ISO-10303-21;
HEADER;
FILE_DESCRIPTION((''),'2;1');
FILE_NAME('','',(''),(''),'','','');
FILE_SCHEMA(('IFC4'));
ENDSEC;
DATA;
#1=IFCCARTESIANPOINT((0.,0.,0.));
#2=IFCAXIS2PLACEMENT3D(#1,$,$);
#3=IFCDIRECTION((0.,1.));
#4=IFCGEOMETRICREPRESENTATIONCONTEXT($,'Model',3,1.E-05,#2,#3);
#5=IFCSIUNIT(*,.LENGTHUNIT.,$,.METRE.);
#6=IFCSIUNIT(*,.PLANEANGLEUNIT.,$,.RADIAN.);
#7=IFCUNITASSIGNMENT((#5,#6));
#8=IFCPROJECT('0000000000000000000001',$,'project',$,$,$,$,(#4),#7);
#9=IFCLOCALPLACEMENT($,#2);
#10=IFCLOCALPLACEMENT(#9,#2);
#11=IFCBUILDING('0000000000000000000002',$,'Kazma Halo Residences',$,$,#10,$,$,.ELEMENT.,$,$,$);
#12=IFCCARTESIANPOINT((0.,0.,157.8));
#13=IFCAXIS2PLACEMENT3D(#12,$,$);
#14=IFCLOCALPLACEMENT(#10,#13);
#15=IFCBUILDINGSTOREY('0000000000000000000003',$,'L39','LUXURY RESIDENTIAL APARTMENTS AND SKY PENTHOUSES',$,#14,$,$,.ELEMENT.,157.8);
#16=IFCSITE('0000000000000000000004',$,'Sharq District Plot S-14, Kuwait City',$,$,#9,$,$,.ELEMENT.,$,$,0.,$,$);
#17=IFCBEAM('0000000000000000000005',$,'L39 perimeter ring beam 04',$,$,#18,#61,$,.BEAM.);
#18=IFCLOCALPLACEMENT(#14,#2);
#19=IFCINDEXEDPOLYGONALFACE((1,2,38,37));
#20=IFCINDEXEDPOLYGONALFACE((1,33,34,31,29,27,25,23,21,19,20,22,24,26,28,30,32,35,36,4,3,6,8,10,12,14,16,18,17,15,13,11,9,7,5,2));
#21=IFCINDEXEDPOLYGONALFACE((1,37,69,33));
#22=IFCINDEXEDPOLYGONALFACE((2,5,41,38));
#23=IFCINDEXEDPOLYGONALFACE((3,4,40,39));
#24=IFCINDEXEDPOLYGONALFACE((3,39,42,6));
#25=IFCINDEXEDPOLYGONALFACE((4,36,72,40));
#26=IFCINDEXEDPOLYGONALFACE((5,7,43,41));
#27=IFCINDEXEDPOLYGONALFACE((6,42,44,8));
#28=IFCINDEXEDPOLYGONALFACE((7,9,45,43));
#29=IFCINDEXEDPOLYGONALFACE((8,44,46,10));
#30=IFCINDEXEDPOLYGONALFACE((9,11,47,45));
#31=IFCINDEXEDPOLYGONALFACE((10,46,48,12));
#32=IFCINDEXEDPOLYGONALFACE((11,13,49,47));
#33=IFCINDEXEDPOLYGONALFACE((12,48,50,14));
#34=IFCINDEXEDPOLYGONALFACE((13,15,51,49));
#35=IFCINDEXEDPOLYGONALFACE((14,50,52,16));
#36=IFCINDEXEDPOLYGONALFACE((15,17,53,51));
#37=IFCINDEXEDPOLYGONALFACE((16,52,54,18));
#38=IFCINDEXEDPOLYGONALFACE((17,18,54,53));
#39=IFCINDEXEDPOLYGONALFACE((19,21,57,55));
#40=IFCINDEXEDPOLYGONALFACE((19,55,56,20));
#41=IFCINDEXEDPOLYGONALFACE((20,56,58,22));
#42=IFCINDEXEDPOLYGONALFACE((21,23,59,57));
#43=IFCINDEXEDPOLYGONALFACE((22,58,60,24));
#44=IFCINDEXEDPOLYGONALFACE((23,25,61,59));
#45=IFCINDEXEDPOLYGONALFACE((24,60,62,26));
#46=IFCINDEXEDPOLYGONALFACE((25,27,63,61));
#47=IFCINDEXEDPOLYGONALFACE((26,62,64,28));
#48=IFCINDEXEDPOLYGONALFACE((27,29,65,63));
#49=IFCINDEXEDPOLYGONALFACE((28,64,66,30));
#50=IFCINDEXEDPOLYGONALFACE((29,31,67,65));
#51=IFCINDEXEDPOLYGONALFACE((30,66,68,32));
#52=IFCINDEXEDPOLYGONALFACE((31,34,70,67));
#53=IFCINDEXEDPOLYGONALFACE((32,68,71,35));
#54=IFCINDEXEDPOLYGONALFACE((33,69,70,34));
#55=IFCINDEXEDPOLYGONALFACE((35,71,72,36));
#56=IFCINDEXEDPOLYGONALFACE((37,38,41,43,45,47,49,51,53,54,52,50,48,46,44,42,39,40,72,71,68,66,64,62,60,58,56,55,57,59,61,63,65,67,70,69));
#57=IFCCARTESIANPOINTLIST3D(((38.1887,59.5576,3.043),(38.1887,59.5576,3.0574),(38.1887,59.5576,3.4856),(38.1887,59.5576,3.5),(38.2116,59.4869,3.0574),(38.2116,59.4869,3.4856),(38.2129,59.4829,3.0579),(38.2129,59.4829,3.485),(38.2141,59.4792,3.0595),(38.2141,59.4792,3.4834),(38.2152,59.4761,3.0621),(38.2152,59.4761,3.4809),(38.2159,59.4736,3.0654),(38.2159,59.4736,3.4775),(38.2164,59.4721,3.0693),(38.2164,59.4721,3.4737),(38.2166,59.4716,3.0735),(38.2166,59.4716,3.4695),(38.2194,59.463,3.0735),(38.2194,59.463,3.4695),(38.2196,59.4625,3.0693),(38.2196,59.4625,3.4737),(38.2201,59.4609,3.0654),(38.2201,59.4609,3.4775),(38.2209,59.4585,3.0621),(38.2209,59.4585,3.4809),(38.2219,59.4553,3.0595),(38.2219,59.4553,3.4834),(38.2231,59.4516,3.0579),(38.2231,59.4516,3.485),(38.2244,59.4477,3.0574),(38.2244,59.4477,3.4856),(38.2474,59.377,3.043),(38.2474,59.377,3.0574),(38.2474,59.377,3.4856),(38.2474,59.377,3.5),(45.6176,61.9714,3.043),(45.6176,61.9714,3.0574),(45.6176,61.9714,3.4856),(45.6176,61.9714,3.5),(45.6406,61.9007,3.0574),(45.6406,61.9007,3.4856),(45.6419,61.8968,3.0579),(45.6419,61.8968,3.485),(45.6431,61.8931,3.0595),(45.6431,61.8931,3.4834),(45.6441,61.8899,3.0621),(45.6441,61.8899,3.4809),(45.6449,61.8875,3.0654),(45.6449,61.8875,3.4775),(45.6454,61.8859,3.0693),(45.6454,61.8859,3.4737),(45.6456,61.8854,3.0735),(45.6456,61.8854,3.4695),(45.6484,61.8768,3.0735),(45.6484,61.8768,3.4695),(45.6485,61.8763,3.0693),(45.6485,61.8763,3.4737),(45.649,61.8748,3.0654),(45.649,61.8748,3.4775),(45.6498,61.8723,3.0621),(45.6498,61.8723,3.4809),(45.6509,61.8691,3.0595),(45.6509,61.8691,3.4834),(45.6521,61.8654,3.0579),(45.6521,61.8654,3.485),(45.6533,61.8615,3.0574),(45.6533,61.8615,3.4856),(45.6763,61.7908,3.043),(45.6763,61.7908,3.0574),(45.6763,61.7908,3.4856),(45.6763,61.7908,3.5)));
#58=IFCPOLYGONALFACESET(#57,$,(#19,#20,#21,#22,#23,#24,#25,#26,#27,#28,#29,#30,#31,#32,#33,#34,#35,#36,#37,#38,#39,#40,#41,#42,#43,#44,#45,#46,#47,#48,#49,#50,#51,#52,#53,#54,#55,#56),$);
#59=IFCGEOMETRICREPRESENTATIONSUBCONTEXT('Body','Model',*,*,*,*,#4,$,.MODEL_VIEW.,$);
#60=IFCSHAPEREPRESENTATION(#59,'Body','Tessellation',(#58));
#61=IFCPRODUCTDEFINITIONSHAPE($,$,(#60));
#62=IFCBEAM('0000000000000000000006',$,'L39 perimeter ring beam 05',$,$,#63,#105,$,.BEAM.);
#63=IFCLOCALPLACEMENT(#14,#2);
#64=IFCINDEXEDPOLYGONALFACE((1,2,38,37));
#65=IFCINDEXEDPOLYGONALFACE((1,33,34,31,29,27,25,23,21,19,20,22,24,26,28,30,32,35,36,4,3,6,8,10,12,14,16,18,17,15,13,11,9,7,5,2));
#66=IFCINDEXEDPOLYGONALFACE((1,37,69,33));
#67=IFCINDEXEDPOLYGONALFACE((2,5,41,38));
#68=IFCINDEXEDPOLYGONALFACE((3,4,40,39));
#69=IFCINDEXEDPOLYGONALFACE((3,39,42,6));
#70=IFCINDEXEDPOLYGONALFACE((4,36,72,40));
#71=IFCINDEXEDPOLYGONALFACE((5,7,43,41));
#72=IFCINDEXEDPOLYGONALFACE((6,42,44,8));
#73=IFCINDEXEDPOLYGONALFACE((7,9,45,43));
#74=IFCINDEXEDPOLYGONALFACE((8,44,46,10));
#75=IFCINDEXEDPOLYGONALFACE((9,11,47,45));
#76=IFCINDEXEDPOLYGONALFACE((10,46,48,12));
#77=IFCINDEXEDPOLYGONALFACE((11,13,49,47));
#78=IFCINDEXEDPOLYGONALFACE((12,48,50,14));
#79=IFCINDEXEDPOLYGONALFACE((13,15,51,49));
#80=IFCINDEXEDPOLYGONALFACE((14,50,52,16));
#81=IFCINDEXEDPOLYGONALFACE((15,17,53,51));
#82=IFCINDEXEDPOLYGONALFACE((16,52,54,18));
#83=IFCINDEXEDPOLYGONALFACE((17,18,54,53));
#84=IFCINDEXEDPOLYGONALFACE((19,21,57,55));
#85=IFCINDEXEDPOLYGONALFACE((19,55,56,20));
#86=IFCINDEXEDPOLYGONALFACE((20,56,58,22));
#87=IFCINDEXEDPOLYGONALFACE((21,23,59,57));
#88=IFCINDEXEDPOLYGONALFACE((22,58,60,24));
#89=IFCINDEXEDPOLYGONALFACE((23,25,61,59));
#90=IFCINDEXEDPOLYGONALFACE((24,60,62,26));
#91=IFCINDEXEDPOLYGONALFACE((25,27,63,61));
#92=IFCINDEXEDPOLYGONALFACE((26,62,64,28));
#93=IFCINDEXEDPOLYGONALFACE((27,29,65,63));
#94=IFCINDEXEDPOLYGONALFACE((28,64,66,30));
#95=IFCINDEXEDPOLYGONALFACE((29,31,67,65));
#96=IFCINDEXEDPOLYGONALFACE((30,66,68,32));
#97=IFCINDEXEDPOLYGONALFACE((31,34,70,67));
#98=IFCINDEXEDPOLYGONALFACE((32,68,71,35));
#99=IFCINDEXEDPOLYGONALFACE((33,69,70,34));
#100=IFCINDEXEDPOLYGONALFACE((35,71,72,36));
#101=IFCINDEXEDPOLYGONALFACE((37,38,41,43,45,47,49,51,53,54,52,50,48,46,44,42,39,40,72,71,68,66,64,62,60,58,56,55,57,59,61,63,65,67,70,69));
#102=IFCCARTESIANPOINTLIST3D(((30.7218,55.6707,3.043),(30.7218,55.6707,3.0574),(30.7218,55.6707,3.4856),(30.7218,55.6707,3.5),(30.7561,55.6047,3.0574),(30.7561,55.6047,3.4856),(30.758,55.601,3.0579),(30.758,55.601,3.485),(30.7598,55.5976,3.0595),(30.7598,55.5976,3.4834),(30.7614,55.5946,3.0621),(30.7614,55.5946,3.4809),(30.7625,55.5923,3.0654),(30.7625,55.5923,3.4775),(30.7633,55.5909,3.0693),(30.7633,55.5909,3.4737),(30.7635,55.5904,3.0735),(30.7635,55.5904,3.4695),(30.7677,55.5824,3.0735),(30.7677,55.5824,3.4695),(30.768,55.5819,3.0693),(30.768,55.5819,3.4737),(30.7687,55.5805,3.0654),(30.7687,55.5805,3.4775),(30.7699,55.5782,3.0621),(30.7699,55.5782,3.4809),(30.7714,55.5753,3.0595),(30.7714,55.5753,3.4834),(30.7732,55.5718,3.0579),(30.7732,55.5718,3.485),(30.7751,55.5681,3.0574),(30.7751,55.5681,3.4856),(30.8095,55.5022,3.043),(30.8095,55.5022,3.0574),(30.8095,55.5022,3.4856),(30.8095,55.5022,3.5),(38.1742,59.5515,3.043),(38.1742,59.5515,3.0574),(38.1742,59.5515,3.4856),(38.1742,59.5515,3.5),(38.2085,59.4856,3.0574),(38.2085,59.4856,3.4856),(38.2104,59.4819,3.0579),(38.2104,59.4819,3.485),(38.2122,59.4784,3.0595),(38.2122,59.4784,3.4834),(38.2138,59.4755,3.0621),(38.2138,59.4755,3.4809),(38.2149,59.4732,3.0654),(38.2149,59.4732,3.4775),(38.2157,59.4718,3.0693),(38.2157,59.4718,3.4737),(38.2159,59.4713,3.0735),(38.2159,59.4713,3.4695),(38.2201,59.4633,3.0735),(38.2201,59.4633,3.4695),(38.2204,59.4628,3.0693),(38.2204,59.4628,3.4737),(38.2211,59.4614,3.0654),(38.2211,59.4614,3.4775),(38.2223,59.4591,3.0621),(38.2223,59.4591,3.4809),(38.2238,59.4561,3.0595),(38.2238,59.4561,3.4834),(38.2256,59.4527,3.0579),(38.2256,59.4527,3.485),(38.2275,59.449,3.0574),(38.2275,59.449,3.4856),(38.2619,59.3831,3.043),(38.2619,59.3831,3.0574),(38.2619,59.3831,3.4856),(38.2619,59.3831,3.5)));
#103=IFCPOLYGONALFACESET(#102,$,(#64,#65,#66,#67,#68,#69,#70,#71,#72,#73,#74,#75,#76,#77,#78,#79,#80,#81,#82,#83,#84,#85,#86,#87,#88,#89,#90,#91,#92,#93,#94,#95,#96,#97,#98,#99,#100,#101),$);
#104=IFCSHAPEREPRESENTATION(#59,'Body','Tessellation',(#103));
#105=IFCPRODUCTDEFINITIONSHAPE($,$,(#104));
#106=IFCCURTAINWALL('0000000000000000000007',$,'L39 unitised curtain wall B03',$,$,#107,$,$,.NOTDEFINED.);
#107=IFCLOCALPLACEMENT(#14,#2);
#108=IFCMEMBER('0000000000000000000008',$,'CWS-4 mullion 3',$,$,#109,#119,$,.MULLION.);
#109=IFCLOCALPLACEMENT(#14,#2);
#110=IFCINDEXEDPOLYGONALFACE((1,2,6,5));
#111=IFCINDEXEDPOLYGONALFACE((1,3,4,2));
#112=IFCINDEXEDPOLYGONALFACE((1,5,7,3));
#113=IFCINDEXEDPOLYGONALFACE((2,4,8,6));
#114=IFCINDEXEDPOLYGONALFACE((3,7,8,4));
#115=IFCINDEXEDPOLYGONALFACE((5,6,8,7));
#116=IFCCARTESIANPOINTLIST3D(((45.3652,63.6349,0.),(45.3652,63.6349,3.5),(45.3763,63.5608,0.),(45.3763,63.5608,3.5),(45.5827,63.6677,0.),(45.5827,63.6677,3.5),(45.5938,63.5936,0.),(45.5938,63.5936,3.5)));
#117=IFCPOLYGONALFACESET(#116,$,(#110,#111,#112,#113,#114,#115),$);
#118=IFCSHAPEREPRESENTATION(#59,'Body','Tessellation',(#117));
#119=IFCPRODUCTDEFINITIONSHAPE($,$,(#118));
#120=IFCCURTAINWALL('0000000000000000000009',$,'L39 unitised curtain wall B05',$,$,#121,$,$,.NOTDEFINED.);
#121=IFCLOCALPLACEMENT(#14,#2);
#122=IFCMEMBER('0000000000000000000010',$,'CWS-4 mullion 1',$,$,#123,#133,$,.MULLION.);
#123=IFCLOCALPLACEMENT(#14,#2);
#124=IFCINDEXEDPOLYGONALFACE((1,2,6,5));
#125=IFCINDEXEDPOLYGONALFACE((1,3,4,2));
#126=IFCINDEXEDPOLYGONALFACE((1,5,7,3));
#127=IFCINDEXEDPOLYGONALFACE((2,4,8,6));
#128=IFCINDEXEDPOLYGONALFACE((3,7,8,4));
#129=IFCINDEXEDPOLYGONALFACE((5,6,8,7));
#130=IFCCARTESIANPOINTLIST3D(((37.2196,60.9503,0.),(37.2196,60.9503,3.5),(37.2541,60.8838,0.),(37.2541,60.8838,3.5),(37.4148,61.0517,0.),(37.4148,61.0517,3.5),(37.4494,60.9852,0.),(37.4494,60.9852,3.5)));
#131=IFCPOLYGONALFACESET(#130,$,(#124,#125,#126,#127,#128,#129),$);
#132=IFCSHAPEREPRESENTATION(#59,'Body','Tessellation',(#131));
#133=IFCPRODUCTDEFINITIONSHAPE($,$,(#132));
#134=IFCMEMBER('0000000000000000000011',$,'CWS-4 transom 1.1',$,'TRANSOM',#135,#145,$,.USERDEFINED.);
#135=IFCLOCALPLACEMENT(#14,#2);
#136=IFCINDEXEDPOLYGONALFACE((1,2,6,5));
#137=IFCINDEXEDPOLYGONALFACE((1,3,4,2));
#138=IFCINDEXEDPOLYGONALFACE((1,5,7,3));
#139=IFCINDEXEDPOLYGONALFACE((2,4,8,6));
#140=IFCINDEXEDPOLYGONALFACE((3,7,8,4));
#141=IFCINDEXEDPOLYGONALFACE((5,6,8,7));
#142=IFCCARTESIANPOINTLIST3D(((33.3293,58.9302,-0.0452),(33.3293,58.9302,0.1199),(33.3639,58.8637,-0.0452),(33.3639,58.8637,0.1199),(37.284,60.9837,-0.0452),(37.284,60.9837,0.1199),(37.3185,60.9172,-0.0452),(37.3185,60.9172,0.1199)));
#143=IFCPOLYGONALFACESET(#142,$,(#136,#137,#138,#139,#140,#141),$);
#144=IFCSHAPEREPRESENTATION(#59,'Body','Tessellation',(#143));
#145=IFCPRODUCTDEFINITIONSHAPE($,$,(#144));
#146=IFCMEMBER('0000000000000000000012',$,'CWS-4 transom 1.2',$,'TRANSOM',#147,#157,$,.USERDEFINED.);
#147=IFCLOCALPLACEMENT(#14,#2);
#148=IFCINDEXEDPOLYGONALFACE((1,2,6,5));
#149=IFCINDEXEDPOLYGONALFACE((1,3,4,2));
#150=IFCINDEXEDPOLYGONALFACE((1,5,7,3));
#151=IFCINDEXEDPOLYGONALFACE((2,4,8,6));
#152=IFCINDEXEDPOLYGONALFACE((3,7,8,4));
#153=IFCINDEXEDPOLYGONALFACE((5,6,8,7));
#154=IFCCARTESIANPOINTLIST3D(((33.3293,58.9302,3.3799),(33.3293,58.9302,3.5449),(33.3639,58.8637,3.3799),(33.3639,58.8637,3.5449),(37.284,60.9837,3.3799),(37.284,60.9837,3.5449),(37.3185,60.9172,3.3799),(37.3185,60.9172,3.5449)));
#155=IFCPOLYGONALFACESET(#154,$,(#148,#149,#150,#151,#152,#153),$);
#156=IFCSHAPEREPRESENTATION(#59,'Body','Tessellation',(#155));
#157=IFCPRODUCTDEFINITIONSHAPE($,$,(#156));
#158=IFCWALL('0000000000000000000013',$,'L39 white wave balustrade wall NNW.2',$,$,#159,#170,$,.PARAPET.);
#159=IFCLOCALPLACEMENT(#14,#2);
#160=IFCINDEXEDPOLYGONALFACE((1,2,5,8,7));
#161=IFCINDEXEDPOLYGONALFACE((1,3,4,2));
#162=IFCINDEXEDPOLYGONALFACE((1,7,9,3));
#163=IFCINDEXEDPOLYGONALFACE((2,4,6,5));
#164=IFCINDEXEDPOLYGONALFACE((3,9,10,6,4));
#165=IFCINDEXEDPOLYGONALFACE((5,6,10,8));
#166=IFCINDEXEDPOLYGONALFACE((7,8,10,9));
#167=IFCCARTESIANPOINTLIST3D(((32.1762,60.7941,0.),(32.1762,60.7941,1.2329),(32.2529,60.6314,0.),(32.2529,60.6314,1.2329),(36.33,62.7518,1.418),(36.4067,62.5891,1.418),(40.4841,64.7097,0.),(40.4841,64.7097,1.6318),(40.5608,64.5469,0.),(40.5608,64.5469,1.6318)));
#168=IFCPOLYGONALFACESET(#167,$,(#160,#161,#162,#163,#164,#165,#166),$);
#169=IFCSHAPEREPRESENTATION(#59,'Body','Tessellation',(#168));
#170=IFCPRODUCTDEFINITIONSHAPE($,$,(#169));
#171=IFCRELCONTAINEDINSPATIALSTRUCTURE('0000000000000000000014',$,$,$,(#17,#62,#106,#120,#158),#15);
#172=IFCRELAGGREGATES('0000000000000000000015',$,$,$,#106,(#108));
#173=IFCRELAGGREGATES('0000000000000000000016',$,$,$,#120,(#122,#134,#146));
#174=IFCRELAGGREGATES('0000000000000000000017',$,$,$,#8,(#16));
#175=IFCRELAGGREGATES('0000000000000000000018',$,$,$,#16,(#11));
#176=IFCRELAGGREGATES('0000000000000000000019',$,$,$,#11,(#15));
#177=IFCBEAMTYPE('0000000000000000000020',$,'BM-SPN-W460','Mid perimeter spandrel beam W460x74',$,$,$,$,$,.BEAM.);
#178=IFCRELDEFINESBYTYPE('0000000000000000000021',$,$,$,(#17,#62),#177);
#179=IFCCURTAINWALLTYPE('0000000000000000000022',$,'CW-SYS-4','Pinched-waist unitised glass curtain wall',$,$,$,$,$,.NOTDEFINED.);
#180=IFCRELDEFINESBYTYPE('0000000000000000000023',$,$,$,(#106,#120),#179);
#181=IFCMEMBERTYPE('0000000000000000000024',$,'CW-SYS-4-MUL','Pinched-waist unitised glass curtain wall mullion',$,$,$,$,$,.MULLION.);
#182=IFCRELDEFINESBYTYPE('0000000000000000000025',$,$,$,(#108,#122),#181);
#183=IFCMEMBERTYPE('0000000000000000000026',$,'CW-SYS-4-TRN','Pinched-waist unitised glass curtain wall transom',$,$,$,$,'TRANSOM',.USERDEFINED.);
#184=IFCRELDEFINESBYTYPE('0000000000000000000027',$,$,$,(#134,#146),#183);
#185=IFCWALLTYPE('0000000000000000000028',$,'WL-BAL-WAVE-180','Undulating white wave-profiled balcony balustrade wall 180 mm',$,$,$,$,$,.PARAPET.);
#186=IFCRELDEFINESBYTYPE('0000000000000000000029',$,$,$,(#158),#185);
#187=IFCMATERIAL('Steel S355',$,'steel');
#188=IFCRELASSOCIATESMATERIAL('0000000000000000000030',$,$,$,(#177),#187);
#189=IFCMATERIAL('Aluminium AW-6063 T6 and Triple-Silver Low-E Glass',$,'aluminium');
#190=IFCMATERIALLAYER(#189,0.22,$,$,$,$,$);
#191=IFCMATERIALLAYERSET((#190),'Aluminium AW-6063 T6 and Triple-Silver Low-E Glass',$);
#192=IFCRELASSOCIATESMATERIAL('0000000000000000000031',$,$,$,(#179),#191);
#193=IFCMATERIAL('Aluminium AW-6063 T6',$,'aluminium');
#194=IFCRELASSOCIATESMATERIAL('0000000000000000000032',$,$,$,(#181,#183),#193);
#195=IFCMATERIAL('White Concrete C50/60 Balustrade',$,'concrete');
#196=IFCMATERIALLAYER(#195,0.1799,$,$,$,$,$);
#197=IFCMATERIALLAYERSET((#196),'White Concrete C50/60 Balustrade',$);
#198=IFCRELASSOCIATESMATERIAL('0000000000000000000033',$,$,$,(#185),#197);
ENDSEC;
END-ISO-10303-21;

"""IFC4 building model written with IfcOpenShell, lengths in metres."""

from ifc_helpers import new_model, si_unit, direction, frame, origin, origin_2d, place, context, subcontext, project, spatial, polyline, rectangle, i_section, outline, extrude, material, layer, layer_set, material_profile, profile_set, type_object, element, aggregate, save


model = new_model("IFC4")

# Units and contexts
model_context = context("Model", 3, precision=1e-05, world=origin(), true_north=direction((0.0, 1.0)))
body_context = subcontext(model_context, "Body", "Model", "MODEL_VIEW")
ifc_project = project(units=[si_unit("LENGTHUNIT", "METRE"), si_unit("PLANEANGLEUNIT", "RADIAN")], contexts=[model_context])

# Site, building, storey
site_placement = place(None, origin())
site = spatial("IfcSite", under=ifc_project, at=site_placement, Name="Sharq District Plot S-14, Kuwait City", CompositionType="ELEMENT", RefElevation=0.0)
building_placement = place(site_placement, origin())
building = spatial("IfcBuilding", under=site, at=building_placement, Name="Kazma Halo Residences", CompositionType="ELEMENT")
storey_placement = place(building_placement, frame((0.0, 0.0, 157.8)))
storey = spatial("IfcBuildingStorey", under=building, at=storey_placement, Name="L39", Description="LUXURY RESIDENTIAL APARTMENTS AND SKY PENTHOUSES", CompositionType="ELEMENT", Elevation=157.8)

# Beams
ifc_material_1 = material(Name="Steel S355", Category="steel")
ifc_material_profile_1 = material_profile(ifc_material_1, i_section(OverallWidth=0.1899, OverallDepth=0.457, WebThickness=0.009, FlangeThickness=0.0144, FilletRadius=0.0161, at=origin_2d()), Name="W460x74")
ifc_profile_set_1 = profile_set([ifc_material_profile_1], Name="Steel S355")
beam_type_1 = type_object("IfcBeamType", Name="BM-SPN-W460", Description="Mid perimeter spandrel beam W460x74", PredefinedType="BEAM", material=ifc_profile_set_1)
beam_1_placement = place(storey_placement, frame((45.647, 61.8811, 3.2715), z_axis=(-0.951056, -0.309018, 0.0), x_axis=(0.309018, -0.951056, 0.0)))
element("IfcBeam", 1, at=beam_1_placement, inside=storey, type_object=beam_type_1, Name="L39 perimeter ring beam 04", PredefinedType="BEAM", context=body_context, shape_type="SweptSolid", body=[
    extrude(i_section(OverallWidth=0.1899, OverallDepth=0.457, WebThickness=0.009, FlangeThickness=0.0144, FilletRadius=0.0161, at=origin_2d()), origin(), (0.0, 0.0, 1.0), 7.8113),
])
beam_2_placement = place(storey_placement, frame((38.218, 59.4673, 3.2715), z_axis=(-0.886943, -0.461879, 0.0), x_axis=(0.461879, -0.886943, 0.0)))
element("IfcBeam", 2, at=beam_2_placement, inside=storey, type_object=beam_type_1, Name="L39 perimeter ring beam 05", PredefinedType="BEAM", context=body_context, shape_type="SweptSolid", body=[
    extrude(i_section(OverallWidth=0.1899, OverallDepth=0.457, WebThickness=0.009, FlangeThickness=0.0144, FilletRadius=0.0161, at=origin_2d()), origin(), (0.0, 0.0, 1.0), 8.4023),
])

# Curtain wall, member
ifc_material_2 = material(Name="Aluminium AW-6063 T6 and Triple-Silver Low-E Glass", Category="aluminium")
ifc_layer_1 = layer(ifc_material_2, 0.22)
ifc_layer_set_1 = layer_set([ifc_layer_1], Name="Aluminium AW-6063 T6 and Triple-Silver Low-E Glass")
curtain_wall_type = type_object("IfcCurtainWallType", Name="CW-SYS-4", Description="Pinched-waist unitised glass curtain wall", PredefinedType="NOTDEFINED", material=ifc_layer_set_1)
curtain_wall_1_placement = place(storey_placement, origin())
curtain_wall_1 = element("IfcCurtainWall", 3, at=curtain_wall_1_placement, inside=storey, type_object=curtain_wall_type, Name="L39 unitised curtain wall B03", PredefinedType="NOTDEFINED")
ifc_material_3 = material(Name="Aluminium AW-6063 T6", Category="aluminium")
ifc_material_profile_2 = material_profile(ifc_material_3, rectangle(XDim=0.075, YDim=0.22, at=origin_2d()), Name="CWM-75x220")
ifc_profile_set_2 = profile_set([ifc_material_profile_2], Name="Aluminium AW-6063 T6")
member_type_1 = type_object("IfcMemberType", Name="CW-SYS-4-MUL", Description="Pinched-waist unitised glass curtain wall mullion", PredefinedType="MULLION", material=ifc_profile_set_2)
member_1_placement = place(storey_placement, frame((45.4795, 63.6143, 0.0), z_axis=(0.0, 0.0, 1.0), x_axis=(0.148821, -0.988864, 0.0)))
member_1 = element("IfcMember", 4, at=member_1_placement, type_object=member_type_1, Name="CWS-4 mullion 3", PredefinedType="MULLION", context=body_context, shape_type="SweptSolid", body=[
    extrude(rectangle(XDim=0.075, YDim=0.22, at=origin_2d()), origin(), (0.0, 0.0, 1.0), 3.5),
])
aggregate(curtain_wall_1, [member_1])

# Curtain wall, members
curtain_wall_2_placement = place(storey_placement, origin())
curtain_wall_2 = element("IfcCurtainWall", 5, at=curtain_wall_2_placement, inside=storey, type_object=curtain_wall_type, Name="L39 unitised curtain wall B05", PredefinedType="NOTDEFINED")
member_2_placement = place(storey_placement, frame((37.3345, 60.9678, 0.0), z_axis=(0.0, 0.0, 1.0), x_axis=(0.460837, -0.887485, 0.0)))
member_2 = element("IfcMember", 6, at=member_2_placement, type_object=member_type_1, Name="CWS-4 mullion 1", PredefinedType="MULLION", context=body_context, shape_type="SweptSolid", body=[
    extrude(rectangle(XDim=0.075, YDim=0.22, at=origin_2d()), origin(), (0.0, 0.0, 1.0), 3.5),
])
ifc_material_profile_3 = material_profile(ifc_material_3, rectangle(XDim=0.075, YDim=0.165, at=origin_2d()), Name="CWT-75x165")
ifc_profile_set_3 = profile_set([ifc_material_profile_3], Name="Aluminium AW-6063 T6")
member_type_2 = type_object("IfcMemberType", Name="CW-SYS-4-TRN", Description="Pinched-waist unitised glass curtain wall transom", ElementType="TRANSOM", PredefinedType="USERDEFINED", material=ifc_profile_set_3)
member_3_placement = place(storey_placement, frame((37.3013, 60.9504, 0.0374), z_axis=(-0.887485, -0.460837, 0.0), x_axis=(0.460837, -0.887485, 0.0)))
member_3 = element("IfcMember", 7, at=member_3_placement, type_object=member_type_2, Name="CWS-4 transom 1.1", ObjectType="TRANSOM", PredefinedType="USERDEFINED", context=body_context, shape_type="SweptSolid", body=[
    extrude(rectangle(XDim=0.075, YDim=0.165, at=origin_2d()), origin(), (0.0, 0.0, 1.0), 4.4561),
])
member_4_placement = place(storey_placement, frame((37.3013, 60.9504, 3.4624), z_axis=(-0.887485, -0.460837, 0.0), x_axis=(0.460837, -0.887485, 0.0)))
member_4 = element("IfcMember", 8, at=member_4_placement, type_object=member_type_2, Name="CWS-4 transom 1.2", ObjectType="TRANSOM", PredefinedType="USERDEFINED", context=body_context, shape_type="SweptSolid", body=[
    extrude(rectangle(XDim=0.075, YDim=0.165, at=origin_2d()), origin(), (0.0, 0.0, 1.0), 4.4561),
])
aggregate(curtain_wall_2, [member_2, member_3, member_4])

# Wall
ifc_material_4 = material(Name="White Concrete C50/60 Balustrade", Category="concrete")
ifc_layer_2 = layer(ifc_material_4, 0.1799)
ifc_layer_set_2 = layer_set([ifc_layer_2], Name="White Concrete C50/60 Balustrade")
wall_type_1 = type_object("IfcWallType", Name="WL-BAL-WAVE-180", Description="Undulating white wave-profiled balcony balustrade wall 180 mm", PredefinedType="PARAPET", material=ifc_layer_set_2)
wall_1_placement = place(storey_placement, frame((40.5225, 64.6282, 0.0), z_axis=(0.0, 0.0, 1.0), x_axis=(-0.904569, -0.426327, 0.0)))
element("IfcWall", 9, at=wall_1_placement, inside=storey, type_object=wall_type_1, Name="L39 white wave balustrade wall NNW.2", PredefinedType="PARAPET", context=body_context, shape_type="SweptSolid", body=[
    extrude(outline(polyline([(0.0, 0.0), (9.1843, 0.0), (9.1843, 1.2329), (4.5923, 1.418), (0.0, 1.6318), (0.0, 0.0)])), frame((0.0, 0.0898, 0.0), z_axis=(0.0, -1.0, 0.0), x_axis=(1.0, 0.0, 0.0)), (0.0, 0.0, 1.0), 0.1799),
])

save(model, "model.ifc")
